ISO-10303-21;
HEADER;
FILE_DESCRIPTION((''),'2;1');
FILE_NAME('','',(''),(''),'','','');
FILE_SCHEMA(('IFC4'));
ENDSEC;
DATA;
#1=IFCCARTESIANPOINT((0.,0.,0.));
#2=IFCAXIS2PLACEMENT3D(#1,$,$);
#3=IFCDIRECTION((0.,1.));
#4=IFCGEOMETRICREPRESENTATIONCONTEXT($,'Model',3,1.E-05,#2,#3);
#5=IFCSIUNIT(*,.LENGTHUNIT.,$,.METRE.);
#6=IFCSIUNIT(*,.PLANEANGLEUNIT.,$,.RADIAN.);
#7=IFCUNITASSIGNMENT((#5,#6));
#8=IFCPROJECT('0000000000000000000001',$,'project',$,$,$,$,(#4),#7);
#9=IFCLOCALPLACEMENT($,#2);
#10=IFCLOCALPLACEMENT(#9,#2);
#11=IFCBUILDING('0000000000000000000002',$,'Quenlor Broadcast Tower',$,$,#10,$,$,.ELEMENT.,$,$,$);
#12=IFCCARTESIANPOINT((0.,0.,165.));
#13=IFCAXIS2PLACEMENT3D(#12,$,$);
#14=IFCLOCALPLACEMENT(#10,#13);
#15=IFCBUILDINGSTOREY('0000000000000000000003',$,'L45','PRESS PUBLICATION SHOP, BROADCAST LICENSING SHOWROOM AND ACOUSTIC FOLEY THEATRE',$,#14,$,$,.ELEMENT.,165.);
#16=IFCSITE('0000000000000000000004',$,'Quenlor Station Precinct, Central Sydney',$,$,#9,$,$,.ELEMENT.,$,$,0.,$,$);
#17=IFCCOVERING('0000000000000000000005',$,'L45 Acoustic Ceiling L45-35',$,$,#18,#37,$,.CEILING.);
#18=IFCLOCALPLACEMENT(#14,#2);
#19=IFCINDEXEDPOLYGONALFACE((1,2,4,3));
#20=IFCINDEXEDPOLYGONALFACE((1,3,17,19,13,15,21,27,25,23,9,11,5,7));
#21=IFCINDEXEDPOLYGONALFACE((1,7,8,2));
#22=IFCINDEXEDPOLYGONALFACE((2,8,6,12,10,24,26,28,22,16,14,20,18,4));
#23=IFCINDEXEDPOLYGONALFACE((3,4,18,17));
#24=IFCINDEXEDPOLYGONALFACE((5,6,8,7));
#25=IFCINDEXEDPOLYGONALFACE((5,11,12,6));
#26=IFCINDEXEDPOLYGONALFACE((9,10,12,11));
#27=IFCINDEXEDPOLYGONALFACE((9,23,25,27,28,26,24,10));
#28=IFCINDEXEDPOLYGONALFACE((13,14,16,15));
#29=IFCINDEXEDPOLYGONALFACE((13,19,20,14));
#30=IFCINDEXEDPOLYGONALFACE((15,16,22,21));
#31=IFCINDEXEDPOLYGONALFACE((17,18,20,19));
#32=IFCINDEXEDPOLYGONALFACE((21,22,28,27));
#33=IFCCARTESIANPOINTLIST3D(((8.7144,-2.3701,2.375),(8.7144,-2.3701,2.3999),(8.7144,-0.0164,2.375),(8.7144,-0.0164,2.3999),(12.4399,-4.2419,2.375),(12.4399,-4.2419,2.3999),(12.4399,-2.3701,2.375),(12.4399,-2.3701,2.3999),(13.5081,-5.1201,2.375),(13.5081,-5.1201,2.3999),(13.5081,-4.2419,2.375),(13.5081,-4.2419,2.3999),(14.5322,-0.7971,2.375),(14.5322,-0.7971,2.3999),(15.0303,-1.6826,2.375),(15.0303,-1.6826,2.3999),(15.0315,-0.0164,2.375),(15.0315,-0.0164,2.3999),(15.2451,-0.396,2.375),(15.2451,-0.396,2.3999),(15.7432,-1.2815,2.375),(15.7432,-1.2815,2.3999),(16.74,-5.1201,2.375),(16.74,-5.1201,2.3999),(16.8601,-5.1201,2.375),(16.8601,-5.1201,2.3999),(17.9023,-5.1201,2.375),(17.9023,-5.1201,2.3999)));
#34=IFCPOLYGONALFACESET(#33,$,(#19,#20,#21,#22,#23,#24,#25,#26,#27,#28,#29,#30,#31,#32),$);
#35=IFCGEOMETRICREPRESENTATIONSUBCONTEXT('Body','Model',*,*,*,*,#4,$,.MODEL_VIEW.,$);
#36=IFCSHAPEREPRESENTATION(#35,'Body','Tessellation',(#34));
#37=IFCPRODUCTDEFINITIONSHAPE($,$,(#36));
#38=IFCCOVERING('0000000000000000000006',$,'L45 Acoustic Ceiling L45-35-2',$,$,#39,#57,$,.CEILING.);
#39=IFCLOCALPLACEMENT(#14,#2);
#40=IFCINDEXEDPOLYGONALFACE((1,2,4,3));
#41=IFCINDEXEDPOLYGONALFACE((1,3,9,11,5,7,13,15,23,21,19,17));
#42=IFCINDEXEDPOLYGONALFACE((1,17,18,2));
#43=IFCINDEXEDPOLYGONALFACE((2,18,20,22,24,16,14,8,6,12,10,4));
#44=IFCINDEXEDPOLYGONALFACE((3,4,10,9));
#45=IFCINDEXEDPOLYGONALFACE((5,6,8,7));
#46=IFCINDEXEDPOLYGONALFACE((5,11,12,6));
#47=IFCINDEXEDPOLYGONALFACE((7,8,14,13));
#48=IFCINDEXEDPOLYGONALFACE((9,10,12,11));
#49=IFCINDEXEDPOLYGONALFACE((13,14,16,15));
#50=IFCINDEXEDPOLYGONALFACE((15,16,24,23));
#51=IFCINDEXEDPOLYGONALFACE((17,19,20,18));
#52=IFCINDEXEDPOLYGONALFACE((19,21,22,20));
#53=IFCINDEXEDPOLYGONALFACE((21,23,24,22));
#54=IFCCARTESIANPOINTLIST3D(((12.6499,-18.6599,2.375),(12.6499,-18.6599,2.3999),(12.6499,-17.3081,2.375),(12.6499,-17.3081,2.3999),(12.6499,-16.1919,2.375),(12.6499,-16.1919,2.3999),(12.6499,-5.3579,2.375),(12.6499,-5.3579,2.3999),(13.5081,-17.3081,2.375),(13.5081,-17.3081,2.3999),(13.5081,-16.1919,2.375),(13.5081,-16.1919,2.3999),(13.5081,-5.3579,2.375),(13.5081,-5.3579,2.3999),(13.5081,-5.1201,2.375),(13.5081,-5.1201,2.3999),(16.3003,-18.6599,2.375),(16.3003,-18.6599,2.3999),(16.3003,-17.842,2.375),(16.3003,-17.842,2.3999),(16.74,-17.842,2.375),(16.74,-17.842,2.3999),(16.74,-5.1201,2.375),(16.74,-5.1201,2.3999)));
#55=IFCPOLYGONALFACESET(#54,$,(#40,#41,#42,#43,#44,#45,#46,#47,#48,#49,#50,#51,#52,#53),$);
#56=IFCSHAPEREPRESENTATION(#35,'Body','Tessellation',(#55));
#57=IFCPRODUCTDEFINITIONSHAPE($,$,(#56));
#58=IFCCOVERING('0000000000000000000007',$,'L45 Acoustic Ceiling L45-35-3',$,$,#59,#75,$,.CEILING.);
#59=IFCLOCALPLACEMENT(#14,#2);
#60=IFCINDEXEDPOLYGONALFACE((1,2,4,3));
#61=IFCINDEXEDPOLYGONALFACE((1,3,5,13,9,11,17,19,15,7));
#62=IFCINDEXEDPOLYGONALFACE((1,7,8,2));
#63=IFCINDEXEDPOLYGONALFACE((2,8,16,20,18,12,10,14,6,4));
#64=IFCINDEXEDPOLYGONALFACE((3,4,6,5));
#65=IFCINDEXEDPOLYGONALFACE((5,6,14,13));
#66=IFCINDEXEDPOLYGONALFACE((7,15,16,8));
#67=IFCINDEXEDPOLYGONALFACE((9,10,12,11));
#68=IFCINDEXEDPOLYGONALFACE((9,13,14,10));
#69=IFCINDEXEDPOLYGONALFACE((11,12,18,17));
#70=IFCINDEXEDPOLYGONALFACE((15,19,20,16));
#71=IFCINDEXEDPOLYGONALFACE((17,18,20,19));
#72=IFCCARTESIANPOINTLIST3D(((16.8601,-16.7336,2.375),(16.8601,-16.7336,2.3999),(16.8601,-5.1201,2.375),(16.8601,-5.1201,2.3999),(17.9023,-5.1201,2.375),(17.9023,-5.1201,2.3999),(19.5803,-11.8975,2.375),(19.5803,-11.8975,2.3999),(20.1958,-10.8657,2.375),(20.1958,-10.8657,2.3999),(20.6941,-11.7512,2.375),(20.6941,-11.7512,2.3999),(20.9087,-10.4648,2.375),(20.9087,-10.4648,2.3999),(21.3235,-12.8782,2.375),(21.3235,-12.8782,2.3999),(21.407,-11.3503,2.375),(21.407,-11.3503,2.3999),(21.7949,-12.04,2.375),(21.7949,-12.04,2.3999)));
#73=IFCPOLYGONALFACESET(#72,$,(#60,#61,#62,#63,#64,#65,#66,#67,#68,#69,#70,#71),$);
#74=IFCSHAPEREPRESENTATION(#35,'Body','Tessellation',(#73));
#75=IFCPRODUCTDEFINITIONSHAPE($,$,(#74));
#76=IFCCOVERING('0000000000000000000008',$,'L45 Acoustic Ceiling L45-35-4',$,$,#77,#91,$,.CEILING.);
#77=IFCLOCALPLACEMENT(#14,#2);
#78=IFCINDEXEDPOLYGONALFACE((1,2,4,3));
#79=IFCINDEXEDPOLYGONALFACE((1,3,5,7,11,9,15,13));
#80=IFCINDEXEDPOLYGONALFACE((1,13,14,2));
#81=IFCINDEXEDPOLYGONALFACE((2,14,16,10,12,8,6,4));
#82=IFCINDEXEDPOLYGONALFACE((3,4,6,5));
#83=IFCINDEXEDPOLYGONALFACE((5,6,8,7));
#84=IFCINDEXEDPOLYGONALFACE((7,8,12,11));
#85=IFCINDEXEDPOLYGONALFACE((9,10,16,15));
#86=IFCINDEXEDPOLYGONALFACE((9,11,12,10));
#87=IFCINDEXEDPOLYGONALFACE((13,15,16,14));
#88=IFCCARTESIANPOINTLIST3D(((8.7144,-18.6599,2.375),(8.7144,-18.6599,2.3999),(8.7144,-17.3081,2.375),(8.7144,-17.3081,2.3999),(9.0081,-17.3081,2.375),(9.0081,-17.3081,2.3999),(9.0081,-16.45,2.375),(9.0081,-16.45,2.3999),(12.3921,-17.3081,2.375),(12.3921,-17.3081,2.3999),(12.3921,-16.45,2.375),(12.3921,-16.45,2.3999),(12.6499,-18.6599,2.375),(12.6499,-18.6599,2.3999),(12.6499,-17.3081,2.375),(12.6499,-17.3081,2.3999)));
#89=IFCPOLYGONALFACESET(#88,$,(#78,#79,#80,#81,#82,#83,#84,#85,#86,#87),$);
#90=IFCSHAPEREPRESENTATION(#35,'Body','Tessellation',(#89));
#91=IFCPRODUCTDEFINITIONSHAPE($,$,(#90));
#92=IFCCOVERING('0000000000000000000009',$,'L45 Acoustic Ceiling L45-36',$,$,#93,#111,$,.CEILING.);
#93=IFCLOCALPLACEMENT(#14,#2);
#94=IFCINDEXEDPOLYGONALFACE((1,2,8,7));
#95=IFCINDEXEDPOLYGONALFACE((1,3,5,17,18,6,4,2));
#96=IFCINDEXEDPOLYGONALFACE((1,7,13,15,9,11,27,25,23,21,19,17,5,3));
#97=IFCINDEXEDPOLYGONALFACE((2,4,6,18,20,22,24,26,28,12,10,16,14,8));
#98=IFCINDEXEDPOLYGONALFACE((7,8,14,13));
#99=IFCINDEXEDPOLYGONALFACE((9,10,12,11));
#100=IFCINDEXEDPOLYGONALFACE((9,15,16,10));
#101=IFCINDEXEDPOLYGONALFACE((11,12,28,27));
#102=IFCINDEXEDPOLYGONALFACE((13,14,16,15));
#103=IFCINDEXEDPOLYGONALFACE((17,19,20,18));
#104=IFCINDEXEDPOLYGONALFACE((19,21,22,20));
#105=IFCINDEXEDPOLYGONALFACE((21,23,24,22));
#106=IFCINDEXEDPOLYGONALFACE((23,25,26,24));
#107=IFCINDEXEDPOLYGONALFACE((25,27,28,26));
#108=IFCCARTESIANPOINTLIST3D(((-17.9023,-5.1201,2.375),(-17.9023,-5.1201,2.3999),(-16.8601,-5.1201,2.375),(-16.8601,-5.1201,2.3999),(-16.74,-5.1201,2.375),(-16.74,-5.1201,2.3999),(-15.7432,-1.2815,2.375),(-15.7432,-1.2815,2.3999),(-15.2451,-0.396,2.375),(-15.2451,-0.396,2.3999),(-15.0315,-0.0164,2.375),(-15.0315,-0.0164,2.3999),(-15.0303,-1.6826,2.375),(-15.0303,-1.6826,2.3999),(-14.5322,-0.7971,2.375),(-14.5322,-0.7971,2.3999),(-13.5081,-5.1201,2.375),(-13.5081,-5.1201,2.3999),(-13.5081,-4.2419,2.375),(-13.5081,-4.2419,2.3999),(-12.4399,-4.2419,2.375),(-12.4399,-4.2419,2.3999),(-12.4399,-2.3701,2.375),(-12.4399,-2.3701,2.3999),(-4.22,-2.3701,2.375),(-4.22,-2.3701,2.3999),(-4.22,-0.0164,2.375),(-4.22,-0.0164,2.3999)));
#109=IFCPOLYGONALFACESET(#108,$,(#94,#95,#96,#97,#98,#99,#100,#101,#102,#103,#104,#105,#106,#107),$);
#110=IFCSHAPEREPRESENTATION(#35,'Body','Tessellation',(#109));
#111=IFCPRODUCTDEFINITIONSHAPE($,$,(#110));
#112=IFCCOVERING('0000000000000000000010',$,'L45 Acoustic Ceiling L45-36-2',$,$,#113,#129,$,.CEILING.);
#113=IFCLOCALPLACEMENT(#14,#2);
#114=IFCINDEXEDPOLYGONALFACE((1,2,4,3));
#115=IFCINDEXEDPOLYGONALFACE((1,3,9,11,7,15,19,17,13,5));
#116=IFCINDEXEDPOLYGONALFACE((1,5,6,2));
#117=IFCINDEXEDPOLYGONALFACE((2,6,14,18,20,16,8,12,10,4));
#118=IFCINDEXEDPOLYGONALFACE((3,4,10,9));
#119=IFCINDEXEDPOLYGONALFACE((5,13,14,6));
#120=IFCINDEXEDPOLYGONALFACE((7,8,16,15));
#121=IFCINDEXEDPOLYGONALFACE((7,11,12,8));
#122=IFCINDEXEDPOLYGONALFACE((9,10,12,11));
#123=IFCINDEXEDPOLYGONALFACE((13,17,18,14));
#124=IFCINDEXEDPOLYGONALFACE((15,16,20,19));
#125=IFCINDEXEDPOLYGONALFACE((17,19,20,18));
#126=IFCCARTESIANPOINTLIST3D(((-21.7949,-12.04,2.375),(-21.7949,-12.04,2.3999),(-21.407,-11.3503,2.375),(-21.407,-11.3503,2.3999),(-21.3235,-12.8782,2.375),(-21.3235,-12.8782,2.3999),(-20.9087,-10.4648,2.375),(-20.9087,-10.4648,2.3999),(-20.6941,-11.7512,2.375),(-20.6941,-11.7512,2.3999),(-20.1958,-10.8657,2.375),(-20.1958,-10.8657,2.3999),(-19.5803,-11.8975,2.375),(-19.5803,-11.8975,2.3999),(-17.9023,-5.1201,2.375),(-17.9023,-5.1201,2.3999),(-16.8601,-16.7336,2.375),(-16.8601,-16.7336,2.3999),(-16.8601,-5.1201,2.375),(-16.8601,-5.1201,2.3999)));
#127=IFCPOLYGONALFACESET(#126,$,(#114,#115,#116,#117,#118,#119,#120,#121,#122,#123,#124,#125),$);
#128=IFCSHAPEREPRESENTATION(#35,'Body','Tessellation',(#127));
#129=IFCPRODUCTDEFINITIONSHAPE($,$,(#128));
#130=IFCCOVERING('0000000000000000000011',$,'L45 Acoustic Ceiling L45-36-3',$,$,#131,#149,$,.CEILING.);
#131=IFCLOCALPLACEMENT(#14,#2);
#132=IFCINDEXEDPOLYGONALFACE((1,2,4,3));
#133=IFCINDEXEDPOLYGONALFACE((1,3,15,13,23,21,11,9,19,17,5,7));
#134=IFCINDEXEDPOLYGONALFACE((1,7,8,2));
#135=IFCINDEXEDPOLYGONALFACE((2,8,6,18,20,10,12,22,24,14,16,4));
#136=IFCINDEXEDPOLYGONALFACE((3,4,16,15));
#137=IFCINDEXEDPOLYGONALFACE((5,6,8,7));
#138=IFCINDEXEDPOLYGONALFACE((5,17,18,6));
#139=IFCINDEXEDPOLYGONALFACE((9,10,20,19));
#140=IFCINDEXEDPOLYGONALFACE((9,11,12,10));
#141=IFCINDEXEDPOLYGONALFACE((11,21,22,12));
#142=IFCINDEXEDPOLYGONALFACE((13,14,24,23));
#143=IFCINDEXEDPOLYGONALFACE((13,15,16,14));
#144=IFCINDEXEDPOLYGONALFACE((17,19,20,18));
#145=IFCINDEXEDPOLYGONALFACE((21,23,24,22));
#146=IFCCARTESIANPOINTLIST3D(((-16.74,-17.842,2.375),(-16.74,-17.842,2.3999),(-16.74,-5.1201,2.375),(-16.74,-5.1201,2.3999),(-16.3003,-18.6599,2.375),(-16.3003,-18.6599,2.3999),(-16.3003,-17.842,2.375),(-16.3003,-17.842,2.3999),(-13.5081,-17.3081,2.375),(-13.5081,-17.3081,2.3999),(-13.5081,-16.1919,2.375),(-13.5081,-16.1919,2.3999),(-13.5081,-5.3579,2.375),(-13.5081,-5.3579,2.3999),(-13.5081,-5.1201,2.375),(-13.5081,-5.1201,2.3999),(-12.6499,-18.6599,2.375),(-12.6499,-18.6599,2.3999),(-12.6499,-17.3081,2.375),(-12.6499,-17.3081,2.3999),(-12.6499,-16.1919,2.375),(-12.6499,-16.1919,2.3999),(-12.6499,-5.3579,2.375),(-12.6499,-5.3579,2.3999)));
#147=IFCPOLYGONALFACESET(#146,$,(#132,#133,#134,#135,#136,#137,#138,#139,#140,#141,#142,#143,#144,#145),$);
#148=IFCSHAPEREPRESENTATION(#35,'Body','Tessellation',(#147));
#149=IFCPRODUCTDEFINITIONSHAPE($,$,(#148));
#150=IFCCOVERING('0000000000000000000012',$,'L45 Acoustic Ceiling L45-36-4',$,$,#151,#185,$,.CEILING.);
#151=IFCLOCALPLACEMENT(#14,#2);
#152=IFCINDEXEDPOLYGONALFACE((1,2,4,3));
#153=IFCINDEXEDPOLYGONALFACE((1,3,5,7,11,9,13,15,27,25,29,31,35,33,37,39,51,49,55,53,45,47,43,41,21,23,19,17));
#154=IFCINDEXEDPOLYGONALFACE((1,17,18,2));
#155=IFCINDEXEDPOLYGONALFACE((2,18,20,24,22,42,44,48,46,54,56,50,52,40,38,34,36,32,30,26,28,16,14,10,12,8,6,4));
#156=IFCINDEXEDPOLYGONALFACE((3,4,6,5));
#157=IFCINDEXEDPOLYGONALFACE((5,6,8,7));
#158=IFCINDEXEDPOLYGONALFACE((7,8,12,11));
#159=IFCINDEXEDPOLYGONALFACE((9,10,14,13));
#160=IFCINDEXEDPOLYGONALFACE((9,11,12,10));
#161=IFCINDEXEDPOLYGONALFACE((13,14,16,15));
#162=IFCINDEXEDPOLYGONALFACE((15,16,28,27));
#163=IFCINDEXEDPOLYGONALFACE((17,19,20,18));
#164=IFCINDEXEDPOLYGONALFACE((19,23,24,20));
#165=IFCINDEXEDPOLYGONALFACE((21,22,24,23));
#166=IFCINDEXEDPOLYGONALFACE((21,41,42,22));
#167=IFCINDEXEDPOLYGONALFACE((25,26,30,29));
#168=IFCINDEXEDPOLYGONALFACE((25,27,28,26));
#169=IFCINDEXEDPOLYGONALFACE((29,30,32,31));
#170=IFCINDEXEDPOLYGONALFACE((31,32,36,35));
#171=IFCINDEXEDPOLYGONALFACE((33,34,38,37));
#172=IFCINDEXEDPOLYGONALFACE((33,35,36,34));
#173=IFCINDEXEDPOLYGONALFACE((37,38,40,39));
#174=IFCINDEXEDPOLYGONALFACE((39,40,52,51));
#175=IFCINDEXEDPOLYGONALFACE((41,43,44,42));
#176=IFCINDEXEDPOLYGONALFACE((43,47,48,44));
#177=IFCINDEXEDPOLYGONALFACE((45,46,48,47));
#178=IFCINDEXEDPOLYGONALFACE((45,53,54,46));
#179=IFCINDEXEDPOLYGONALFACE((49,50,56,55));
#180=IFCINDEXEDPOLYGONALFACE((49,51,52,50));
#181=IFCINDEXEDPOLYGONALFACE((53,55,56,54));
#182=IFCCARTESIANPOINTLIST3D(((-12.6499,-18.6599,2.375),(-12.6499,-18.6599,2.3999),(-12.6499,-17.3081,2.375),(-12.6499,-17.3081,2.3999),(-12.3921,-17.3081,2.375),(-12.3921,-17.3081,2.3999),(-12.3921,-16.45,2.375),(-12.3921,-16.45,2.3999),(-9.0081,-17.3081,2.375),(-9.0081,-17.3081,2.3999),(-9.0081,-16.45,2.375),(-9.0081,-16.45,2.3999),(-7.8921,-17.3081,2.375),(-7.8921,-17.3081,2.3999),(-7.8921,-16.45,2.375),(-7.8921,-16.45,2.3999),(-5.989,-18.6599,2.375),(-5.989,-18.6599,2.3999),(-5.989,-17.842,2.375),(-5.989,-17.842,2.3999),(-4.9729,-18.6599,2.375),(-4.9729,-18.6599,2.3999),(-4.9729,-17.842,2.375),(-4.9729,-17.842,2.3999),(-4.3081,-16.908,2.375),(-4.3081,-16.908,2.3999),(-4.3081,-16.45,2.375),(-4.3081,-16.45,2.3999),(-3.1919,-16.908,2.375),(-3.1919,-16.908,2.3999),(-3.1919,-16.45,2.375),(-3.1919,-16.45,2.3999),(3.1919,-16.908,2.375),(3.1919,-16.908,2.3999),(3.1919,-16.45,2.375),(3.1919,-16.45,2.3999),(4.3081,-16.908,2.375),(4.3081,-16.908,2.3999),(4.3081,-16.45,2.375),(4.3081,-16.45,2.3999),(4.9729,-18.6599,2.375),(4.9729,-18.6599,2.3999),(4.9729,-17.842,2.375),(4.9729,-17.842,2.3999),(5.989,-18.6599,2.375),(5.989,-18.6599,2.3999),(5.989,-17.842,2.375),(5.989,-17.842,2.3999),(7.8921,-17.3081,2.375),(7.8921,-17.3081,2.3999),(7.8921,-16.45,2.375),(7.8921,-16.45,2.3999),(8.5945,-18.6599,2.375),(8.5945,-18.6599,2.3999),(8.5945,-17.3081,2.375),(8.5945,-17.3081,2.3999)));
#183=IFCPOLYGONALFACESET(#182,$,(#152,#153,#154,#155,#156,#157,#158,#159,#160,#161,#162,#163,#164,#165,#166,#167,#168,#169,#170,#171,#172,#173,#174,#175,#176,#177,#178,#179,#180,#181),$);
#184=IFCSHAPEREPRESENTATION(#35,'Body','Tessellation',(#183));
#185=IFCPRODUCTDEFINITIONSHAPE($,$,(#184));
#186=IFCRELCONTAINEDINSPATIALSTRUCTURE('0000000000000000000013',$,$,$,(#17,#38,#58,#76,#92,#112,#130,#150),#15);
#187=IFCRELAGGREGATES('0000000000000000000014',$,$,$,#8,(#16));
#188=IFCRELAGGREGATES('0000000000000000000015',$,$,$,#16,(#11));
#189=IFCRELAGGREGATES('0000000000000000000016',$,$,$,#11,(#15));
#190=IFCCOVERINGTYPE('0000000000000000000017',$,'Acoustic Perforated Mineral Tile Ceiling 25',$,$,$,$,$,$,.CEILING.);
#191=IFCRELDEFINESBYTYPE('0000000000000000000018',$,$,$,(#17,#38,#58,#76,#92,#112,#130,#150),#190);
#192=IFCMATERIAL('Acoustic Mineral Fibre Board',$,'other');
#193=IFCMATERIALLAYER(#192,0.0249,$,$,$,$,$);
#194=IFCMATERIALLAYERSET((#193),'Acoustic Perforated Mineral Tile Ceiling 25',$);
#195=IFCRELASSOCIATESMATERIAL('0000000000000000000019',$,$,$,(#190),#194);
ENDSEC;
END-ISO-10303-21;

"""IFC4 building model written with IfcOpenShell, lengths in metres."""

from ifc_helpers import new_model, si_unit, direction, frame, origin, place, context, subcontext, project, spatial, polyline, outline, extrude, material, layer, layer_set, type_object, element, save


model = new_model("IFC4")

# Units and contexts
model_context = context("Model", 3, precision=1e-05, world=origin(), true_north=direction((0.0, 1.0)))
body_context = subcontext(model_context, "Body", "Model", "MODEL_VIEW")
ifc_project = project(units=[si_unit("LENGTHUNIT", "METRE"), si_unit("PLANEANGLEUNIT", "RADIAN")], contexts=[model_context])

# Site, building, storey
site_placement = place(None, origin())
site = spatial("IfcSite", under=ifc_project, at=site_placement, Name="Quenlor Station Precinct, Central Sydney", CompositionType="ELEMENT", RefElevation=0.0)
building_placement = place(site_placement, origin())
building = spatial("IfcBuilding", under=site, at=building_placement, Name="Quenlor Broadcast Tower", CompositionType="ELEMENT")
storey_placement = place(building_placement, frame((0.0, 0.0, 165.0)))
storey = spatial("IfcBuildingStorey", under=building, at=storey_placement, Name="L45", Description="PRESS PUBLICATION SHOP, BROADCAST LICENSING SHOWROOM AND ACOUSTIC FOLEY THEATRE", CompositionType="ELEMENT", Elevation=165.0)

# Coverings
ifc_material_1 = material(Name="Acoustic Mineral Fibre Board", Category="other")
ifc_layer_1 = layer(ifc_material_1, 0.0249)
ifc_layer_set_1 = layer_set([ifc_layer_1], Name="Acoustic Perforated Mineral Tile Ceiling 25")
covering_type_1 = type_object("IfcCoveringType", Name="Acoustic Perforated Mineral Tile Ceiling 25", PredefinedType="CEILING", material=ifc_layer_set_1)
covering_1_placement = place(storey_placement, frame((0.0, 0.0, 2.375)))
element("IfcCovering", 1, at=covering_1_placement, inside=storey, type_object=covering_type_1, Name="L45 Acoustic Ceiling L45-35", PredefinedType="CEILING", context=body_context, shape_type="SweptSolid", body=[
    extrude(outline(polyline([(13.5081, -4.2419), (12.4399, -4.2419), (12.4399, -2.3701), (8.7144, -2.3701), (8.7144, -0.0164), (15.0315, -0.0164), (15.2451, -0.396), (14.5322, -0.7971), (15.0303, -1.6826), (15.7432, -1.2815), (17.9023, -5.1201), (16.8601, -5.1201), (16.74, -5.1201), (13.5081, -5.1201), (13.5081, -4.2419)])), origin(), (0.0, 0.0, 1.0), 0.0249),
])
covering_2_placement = place(storey_placement, frame((0.0, 0.0, 2.375)))
element("IfcCovering", 2, at=covering_2_placement, inside=storey, type_object=covering_type_1, Name="L45 Acoustic Ceiling L45-35-2", PredefinedType="CEILING", context=body_context, shape_type="SweptSolid", body=[
    extrude(outline(polyline([(13.5081, -5.1201), (16.74, -5.1201), (16.74, -17.842), (16.3003, -17.842), (16.3003, -18.6599), (12.6499, -18.6599), (12.6499, -17.3081), (13.5081, -17.3081), (13.5081, -16.1919), (12.6499, -16.1919), (12.6499, -5.3579), (13.5081, -5.3579), (13.5081, -5.1201)])), origin(), (0.0, 0.0, 1.0), 0.0249),
])
covering_3_placement = place(storey_placement, frame((0.0, 0.0, 2.375)))
element("IfcCovering", 3, at=covering_3_placement, inside=storey, type_object=covering_type_1, Name="L45 Acoustic Ceiling L45-35-3", PredefinedType="CEILING", context=body_context, shape_type="SweptSolid", body=[
    extrude(outline(polyline([(20.9087, -10.4648), (20.1958, -10.8657), (20.6941, -11.7512), (21.407, -11.3503), (21.7949, -12.04), (21.3235, -12.8782), (19.5803, -11.8975), (16.8601, -16.7336), (16.8601, -5.1201), (17.9023, -5.1201), (20.9087, -10.4648)])), origin(), (0.0, 0.0, 1.0), 0.0249),
])
covering_4_placement = place(storey_placement, frame((0.0, 0.0, 2.375)))
element("IfcCovering", 4, at=covering_4_placement, inside=storey, type_object=covering_type_1, Name="L45 Acoustic Ceiling L45-35-4", PredefinedType="CEILING", context=body_context, shape_type="SweptSolid", body=[
    extrude(outline(polyline([(8.7144, -18.6599), (8.7144, -17.3081), (9.0081, -17.3081), (9.0081, -16.45), (12.3921, -16.45), (12.3921, -17.3081), (12.6499, -17.3081), (12.6499, -18.6599), (8.7144, -18.6599)])), origin(), (0.0, 0.0, 1.0), 0.0249),
])
covering_5_placement = place(storey_placement, frame((0.0, 0.0, 2.375)))
element("IfcCovering", 5, at=covering_5_placement, inside=storey, type_object=covering_type_1, Name="L45 Acoustic Ceiling L45-36", PredefinedType="CEILING", context=body_context, shape_type="SweptSolid", body=[
    extrude(outline(polyline([(-15.7432, -1.2815), (-15.0303, -1.6826), (-14.5322, -0.7971), (-15.2451, -0.396), (-15.0315, -0.0164), (-4.22, -0.0164), (-4.22, -2.3701), (-12.4399, -2.3701), (-12.4399, -4.2419), (-13.5081, -4.2419), (-13.5081, -5.1201), (-16.74, -5.1201), (-16.8601, -5.1201), (-17.9023, -5.1201), (-15.7432, -1.2815)])), origin(), (0.0, 0.0, 1.0), 0.0249),
])
covering_6_placement = place(storey_placement, frame((0.0, 0.0, 2.375)))
element("IfcCovering", 6, at=covering_6_placement, inside=storey, type_object=covering_type_1, Name="L45 Acoustic Ceiling L45-36-2", PredefinedType="CEILING", context=body_context, shape_type="SweptSolid", body=[
    extrude(outline(polyline([(-20.1958, -10.8657), (-20.9087, -10.4648), (-17.9023, -5.1201), (-16.8601, -5.1201), (-16.8601, -16.7336), (-19.5803, -11.8975), (-21.3235, -12.8782), (-21.7949, -12.04), (-21.407, -11.3503), (-20.6941, -11.7512), (-20.1958, -10.8657)])), origin(), (0.0, 0.0, 1.0), 0.0249),
])
covering_7_placement = place(storey_placement, frame((0.0, 0.0, 2.375)))
element("IfcCovering", 7, at=covering_7_placement, inside=storey, type_object=covering_type_1, Name="L45 Acoustic Ceiling L45-36-3", PredefinedType="CEILING", context=body_context, shape_type="SweptSolid", body=[
    extrude(outline(polyline([(-13.5081, -5.3579), (-12.6499, -5.3579), (-12.6499, -16.1919), (-13.5081, -16.1919), (-13.5081, -17.3081), (-12.6499, -17.3081), (-12.6499, -18.6599), (-16.3003, -18.6599), (-16.3003, -17.842), (-16.74, -17.842), (-16.74, -5.1201), (-13.5081, -5.1201), (-13.5081, -5.3579)])), origin(), (0.0, 0.0, 1.0), 0.0249),
])
covering_8_placement = place(storey_placement, frame((0.0, 0.0, 2.375)))
element("IfcCovering", 8, at=covering_8_placement, inside=storey, type_object=covering_type_1, Name="L45 Acoustic Ceiling L45-36-4", PredefinedType="CEILING", context=body_context, shape_type="SweptSolid", body=[
    extrude(outline(polyline([(-12.3921, -17.3081), (-12.3921, -16.45), (-9.0081, -16.45), (-9.0081, -17.3081), (-7.8921, -17.3081), (-7.8921, -16.45), (-4.3081, -16.45), (-4.3081, -16.908), (-3.1919, -16.908), (-3.1919, -16.45), (3.1919, -16.45), (3.1919, -16.908), (4.3081, -16.908), (4.3081, -16.45), (7.8921, -16.45), (7.8921, -17.3081), (8.5945, -17.3081), (8.5945, -18.6599), (5.989, -18.6599), (5.989, -17.842), (4.9729, -17.842), (4.9729, -18.6599), (-4.9729, -18.6599), (-4.9729, -17.842), (-5.989, -17.842), (-5.989, -18.6599), (-12.6499, -18.6599), (-12.6499, -17.3081), (-12.3921, -17.3081)])), origin(), (0.0, 0.0, 1.0), 0.0249),
])

save(model, "model.ifc")
